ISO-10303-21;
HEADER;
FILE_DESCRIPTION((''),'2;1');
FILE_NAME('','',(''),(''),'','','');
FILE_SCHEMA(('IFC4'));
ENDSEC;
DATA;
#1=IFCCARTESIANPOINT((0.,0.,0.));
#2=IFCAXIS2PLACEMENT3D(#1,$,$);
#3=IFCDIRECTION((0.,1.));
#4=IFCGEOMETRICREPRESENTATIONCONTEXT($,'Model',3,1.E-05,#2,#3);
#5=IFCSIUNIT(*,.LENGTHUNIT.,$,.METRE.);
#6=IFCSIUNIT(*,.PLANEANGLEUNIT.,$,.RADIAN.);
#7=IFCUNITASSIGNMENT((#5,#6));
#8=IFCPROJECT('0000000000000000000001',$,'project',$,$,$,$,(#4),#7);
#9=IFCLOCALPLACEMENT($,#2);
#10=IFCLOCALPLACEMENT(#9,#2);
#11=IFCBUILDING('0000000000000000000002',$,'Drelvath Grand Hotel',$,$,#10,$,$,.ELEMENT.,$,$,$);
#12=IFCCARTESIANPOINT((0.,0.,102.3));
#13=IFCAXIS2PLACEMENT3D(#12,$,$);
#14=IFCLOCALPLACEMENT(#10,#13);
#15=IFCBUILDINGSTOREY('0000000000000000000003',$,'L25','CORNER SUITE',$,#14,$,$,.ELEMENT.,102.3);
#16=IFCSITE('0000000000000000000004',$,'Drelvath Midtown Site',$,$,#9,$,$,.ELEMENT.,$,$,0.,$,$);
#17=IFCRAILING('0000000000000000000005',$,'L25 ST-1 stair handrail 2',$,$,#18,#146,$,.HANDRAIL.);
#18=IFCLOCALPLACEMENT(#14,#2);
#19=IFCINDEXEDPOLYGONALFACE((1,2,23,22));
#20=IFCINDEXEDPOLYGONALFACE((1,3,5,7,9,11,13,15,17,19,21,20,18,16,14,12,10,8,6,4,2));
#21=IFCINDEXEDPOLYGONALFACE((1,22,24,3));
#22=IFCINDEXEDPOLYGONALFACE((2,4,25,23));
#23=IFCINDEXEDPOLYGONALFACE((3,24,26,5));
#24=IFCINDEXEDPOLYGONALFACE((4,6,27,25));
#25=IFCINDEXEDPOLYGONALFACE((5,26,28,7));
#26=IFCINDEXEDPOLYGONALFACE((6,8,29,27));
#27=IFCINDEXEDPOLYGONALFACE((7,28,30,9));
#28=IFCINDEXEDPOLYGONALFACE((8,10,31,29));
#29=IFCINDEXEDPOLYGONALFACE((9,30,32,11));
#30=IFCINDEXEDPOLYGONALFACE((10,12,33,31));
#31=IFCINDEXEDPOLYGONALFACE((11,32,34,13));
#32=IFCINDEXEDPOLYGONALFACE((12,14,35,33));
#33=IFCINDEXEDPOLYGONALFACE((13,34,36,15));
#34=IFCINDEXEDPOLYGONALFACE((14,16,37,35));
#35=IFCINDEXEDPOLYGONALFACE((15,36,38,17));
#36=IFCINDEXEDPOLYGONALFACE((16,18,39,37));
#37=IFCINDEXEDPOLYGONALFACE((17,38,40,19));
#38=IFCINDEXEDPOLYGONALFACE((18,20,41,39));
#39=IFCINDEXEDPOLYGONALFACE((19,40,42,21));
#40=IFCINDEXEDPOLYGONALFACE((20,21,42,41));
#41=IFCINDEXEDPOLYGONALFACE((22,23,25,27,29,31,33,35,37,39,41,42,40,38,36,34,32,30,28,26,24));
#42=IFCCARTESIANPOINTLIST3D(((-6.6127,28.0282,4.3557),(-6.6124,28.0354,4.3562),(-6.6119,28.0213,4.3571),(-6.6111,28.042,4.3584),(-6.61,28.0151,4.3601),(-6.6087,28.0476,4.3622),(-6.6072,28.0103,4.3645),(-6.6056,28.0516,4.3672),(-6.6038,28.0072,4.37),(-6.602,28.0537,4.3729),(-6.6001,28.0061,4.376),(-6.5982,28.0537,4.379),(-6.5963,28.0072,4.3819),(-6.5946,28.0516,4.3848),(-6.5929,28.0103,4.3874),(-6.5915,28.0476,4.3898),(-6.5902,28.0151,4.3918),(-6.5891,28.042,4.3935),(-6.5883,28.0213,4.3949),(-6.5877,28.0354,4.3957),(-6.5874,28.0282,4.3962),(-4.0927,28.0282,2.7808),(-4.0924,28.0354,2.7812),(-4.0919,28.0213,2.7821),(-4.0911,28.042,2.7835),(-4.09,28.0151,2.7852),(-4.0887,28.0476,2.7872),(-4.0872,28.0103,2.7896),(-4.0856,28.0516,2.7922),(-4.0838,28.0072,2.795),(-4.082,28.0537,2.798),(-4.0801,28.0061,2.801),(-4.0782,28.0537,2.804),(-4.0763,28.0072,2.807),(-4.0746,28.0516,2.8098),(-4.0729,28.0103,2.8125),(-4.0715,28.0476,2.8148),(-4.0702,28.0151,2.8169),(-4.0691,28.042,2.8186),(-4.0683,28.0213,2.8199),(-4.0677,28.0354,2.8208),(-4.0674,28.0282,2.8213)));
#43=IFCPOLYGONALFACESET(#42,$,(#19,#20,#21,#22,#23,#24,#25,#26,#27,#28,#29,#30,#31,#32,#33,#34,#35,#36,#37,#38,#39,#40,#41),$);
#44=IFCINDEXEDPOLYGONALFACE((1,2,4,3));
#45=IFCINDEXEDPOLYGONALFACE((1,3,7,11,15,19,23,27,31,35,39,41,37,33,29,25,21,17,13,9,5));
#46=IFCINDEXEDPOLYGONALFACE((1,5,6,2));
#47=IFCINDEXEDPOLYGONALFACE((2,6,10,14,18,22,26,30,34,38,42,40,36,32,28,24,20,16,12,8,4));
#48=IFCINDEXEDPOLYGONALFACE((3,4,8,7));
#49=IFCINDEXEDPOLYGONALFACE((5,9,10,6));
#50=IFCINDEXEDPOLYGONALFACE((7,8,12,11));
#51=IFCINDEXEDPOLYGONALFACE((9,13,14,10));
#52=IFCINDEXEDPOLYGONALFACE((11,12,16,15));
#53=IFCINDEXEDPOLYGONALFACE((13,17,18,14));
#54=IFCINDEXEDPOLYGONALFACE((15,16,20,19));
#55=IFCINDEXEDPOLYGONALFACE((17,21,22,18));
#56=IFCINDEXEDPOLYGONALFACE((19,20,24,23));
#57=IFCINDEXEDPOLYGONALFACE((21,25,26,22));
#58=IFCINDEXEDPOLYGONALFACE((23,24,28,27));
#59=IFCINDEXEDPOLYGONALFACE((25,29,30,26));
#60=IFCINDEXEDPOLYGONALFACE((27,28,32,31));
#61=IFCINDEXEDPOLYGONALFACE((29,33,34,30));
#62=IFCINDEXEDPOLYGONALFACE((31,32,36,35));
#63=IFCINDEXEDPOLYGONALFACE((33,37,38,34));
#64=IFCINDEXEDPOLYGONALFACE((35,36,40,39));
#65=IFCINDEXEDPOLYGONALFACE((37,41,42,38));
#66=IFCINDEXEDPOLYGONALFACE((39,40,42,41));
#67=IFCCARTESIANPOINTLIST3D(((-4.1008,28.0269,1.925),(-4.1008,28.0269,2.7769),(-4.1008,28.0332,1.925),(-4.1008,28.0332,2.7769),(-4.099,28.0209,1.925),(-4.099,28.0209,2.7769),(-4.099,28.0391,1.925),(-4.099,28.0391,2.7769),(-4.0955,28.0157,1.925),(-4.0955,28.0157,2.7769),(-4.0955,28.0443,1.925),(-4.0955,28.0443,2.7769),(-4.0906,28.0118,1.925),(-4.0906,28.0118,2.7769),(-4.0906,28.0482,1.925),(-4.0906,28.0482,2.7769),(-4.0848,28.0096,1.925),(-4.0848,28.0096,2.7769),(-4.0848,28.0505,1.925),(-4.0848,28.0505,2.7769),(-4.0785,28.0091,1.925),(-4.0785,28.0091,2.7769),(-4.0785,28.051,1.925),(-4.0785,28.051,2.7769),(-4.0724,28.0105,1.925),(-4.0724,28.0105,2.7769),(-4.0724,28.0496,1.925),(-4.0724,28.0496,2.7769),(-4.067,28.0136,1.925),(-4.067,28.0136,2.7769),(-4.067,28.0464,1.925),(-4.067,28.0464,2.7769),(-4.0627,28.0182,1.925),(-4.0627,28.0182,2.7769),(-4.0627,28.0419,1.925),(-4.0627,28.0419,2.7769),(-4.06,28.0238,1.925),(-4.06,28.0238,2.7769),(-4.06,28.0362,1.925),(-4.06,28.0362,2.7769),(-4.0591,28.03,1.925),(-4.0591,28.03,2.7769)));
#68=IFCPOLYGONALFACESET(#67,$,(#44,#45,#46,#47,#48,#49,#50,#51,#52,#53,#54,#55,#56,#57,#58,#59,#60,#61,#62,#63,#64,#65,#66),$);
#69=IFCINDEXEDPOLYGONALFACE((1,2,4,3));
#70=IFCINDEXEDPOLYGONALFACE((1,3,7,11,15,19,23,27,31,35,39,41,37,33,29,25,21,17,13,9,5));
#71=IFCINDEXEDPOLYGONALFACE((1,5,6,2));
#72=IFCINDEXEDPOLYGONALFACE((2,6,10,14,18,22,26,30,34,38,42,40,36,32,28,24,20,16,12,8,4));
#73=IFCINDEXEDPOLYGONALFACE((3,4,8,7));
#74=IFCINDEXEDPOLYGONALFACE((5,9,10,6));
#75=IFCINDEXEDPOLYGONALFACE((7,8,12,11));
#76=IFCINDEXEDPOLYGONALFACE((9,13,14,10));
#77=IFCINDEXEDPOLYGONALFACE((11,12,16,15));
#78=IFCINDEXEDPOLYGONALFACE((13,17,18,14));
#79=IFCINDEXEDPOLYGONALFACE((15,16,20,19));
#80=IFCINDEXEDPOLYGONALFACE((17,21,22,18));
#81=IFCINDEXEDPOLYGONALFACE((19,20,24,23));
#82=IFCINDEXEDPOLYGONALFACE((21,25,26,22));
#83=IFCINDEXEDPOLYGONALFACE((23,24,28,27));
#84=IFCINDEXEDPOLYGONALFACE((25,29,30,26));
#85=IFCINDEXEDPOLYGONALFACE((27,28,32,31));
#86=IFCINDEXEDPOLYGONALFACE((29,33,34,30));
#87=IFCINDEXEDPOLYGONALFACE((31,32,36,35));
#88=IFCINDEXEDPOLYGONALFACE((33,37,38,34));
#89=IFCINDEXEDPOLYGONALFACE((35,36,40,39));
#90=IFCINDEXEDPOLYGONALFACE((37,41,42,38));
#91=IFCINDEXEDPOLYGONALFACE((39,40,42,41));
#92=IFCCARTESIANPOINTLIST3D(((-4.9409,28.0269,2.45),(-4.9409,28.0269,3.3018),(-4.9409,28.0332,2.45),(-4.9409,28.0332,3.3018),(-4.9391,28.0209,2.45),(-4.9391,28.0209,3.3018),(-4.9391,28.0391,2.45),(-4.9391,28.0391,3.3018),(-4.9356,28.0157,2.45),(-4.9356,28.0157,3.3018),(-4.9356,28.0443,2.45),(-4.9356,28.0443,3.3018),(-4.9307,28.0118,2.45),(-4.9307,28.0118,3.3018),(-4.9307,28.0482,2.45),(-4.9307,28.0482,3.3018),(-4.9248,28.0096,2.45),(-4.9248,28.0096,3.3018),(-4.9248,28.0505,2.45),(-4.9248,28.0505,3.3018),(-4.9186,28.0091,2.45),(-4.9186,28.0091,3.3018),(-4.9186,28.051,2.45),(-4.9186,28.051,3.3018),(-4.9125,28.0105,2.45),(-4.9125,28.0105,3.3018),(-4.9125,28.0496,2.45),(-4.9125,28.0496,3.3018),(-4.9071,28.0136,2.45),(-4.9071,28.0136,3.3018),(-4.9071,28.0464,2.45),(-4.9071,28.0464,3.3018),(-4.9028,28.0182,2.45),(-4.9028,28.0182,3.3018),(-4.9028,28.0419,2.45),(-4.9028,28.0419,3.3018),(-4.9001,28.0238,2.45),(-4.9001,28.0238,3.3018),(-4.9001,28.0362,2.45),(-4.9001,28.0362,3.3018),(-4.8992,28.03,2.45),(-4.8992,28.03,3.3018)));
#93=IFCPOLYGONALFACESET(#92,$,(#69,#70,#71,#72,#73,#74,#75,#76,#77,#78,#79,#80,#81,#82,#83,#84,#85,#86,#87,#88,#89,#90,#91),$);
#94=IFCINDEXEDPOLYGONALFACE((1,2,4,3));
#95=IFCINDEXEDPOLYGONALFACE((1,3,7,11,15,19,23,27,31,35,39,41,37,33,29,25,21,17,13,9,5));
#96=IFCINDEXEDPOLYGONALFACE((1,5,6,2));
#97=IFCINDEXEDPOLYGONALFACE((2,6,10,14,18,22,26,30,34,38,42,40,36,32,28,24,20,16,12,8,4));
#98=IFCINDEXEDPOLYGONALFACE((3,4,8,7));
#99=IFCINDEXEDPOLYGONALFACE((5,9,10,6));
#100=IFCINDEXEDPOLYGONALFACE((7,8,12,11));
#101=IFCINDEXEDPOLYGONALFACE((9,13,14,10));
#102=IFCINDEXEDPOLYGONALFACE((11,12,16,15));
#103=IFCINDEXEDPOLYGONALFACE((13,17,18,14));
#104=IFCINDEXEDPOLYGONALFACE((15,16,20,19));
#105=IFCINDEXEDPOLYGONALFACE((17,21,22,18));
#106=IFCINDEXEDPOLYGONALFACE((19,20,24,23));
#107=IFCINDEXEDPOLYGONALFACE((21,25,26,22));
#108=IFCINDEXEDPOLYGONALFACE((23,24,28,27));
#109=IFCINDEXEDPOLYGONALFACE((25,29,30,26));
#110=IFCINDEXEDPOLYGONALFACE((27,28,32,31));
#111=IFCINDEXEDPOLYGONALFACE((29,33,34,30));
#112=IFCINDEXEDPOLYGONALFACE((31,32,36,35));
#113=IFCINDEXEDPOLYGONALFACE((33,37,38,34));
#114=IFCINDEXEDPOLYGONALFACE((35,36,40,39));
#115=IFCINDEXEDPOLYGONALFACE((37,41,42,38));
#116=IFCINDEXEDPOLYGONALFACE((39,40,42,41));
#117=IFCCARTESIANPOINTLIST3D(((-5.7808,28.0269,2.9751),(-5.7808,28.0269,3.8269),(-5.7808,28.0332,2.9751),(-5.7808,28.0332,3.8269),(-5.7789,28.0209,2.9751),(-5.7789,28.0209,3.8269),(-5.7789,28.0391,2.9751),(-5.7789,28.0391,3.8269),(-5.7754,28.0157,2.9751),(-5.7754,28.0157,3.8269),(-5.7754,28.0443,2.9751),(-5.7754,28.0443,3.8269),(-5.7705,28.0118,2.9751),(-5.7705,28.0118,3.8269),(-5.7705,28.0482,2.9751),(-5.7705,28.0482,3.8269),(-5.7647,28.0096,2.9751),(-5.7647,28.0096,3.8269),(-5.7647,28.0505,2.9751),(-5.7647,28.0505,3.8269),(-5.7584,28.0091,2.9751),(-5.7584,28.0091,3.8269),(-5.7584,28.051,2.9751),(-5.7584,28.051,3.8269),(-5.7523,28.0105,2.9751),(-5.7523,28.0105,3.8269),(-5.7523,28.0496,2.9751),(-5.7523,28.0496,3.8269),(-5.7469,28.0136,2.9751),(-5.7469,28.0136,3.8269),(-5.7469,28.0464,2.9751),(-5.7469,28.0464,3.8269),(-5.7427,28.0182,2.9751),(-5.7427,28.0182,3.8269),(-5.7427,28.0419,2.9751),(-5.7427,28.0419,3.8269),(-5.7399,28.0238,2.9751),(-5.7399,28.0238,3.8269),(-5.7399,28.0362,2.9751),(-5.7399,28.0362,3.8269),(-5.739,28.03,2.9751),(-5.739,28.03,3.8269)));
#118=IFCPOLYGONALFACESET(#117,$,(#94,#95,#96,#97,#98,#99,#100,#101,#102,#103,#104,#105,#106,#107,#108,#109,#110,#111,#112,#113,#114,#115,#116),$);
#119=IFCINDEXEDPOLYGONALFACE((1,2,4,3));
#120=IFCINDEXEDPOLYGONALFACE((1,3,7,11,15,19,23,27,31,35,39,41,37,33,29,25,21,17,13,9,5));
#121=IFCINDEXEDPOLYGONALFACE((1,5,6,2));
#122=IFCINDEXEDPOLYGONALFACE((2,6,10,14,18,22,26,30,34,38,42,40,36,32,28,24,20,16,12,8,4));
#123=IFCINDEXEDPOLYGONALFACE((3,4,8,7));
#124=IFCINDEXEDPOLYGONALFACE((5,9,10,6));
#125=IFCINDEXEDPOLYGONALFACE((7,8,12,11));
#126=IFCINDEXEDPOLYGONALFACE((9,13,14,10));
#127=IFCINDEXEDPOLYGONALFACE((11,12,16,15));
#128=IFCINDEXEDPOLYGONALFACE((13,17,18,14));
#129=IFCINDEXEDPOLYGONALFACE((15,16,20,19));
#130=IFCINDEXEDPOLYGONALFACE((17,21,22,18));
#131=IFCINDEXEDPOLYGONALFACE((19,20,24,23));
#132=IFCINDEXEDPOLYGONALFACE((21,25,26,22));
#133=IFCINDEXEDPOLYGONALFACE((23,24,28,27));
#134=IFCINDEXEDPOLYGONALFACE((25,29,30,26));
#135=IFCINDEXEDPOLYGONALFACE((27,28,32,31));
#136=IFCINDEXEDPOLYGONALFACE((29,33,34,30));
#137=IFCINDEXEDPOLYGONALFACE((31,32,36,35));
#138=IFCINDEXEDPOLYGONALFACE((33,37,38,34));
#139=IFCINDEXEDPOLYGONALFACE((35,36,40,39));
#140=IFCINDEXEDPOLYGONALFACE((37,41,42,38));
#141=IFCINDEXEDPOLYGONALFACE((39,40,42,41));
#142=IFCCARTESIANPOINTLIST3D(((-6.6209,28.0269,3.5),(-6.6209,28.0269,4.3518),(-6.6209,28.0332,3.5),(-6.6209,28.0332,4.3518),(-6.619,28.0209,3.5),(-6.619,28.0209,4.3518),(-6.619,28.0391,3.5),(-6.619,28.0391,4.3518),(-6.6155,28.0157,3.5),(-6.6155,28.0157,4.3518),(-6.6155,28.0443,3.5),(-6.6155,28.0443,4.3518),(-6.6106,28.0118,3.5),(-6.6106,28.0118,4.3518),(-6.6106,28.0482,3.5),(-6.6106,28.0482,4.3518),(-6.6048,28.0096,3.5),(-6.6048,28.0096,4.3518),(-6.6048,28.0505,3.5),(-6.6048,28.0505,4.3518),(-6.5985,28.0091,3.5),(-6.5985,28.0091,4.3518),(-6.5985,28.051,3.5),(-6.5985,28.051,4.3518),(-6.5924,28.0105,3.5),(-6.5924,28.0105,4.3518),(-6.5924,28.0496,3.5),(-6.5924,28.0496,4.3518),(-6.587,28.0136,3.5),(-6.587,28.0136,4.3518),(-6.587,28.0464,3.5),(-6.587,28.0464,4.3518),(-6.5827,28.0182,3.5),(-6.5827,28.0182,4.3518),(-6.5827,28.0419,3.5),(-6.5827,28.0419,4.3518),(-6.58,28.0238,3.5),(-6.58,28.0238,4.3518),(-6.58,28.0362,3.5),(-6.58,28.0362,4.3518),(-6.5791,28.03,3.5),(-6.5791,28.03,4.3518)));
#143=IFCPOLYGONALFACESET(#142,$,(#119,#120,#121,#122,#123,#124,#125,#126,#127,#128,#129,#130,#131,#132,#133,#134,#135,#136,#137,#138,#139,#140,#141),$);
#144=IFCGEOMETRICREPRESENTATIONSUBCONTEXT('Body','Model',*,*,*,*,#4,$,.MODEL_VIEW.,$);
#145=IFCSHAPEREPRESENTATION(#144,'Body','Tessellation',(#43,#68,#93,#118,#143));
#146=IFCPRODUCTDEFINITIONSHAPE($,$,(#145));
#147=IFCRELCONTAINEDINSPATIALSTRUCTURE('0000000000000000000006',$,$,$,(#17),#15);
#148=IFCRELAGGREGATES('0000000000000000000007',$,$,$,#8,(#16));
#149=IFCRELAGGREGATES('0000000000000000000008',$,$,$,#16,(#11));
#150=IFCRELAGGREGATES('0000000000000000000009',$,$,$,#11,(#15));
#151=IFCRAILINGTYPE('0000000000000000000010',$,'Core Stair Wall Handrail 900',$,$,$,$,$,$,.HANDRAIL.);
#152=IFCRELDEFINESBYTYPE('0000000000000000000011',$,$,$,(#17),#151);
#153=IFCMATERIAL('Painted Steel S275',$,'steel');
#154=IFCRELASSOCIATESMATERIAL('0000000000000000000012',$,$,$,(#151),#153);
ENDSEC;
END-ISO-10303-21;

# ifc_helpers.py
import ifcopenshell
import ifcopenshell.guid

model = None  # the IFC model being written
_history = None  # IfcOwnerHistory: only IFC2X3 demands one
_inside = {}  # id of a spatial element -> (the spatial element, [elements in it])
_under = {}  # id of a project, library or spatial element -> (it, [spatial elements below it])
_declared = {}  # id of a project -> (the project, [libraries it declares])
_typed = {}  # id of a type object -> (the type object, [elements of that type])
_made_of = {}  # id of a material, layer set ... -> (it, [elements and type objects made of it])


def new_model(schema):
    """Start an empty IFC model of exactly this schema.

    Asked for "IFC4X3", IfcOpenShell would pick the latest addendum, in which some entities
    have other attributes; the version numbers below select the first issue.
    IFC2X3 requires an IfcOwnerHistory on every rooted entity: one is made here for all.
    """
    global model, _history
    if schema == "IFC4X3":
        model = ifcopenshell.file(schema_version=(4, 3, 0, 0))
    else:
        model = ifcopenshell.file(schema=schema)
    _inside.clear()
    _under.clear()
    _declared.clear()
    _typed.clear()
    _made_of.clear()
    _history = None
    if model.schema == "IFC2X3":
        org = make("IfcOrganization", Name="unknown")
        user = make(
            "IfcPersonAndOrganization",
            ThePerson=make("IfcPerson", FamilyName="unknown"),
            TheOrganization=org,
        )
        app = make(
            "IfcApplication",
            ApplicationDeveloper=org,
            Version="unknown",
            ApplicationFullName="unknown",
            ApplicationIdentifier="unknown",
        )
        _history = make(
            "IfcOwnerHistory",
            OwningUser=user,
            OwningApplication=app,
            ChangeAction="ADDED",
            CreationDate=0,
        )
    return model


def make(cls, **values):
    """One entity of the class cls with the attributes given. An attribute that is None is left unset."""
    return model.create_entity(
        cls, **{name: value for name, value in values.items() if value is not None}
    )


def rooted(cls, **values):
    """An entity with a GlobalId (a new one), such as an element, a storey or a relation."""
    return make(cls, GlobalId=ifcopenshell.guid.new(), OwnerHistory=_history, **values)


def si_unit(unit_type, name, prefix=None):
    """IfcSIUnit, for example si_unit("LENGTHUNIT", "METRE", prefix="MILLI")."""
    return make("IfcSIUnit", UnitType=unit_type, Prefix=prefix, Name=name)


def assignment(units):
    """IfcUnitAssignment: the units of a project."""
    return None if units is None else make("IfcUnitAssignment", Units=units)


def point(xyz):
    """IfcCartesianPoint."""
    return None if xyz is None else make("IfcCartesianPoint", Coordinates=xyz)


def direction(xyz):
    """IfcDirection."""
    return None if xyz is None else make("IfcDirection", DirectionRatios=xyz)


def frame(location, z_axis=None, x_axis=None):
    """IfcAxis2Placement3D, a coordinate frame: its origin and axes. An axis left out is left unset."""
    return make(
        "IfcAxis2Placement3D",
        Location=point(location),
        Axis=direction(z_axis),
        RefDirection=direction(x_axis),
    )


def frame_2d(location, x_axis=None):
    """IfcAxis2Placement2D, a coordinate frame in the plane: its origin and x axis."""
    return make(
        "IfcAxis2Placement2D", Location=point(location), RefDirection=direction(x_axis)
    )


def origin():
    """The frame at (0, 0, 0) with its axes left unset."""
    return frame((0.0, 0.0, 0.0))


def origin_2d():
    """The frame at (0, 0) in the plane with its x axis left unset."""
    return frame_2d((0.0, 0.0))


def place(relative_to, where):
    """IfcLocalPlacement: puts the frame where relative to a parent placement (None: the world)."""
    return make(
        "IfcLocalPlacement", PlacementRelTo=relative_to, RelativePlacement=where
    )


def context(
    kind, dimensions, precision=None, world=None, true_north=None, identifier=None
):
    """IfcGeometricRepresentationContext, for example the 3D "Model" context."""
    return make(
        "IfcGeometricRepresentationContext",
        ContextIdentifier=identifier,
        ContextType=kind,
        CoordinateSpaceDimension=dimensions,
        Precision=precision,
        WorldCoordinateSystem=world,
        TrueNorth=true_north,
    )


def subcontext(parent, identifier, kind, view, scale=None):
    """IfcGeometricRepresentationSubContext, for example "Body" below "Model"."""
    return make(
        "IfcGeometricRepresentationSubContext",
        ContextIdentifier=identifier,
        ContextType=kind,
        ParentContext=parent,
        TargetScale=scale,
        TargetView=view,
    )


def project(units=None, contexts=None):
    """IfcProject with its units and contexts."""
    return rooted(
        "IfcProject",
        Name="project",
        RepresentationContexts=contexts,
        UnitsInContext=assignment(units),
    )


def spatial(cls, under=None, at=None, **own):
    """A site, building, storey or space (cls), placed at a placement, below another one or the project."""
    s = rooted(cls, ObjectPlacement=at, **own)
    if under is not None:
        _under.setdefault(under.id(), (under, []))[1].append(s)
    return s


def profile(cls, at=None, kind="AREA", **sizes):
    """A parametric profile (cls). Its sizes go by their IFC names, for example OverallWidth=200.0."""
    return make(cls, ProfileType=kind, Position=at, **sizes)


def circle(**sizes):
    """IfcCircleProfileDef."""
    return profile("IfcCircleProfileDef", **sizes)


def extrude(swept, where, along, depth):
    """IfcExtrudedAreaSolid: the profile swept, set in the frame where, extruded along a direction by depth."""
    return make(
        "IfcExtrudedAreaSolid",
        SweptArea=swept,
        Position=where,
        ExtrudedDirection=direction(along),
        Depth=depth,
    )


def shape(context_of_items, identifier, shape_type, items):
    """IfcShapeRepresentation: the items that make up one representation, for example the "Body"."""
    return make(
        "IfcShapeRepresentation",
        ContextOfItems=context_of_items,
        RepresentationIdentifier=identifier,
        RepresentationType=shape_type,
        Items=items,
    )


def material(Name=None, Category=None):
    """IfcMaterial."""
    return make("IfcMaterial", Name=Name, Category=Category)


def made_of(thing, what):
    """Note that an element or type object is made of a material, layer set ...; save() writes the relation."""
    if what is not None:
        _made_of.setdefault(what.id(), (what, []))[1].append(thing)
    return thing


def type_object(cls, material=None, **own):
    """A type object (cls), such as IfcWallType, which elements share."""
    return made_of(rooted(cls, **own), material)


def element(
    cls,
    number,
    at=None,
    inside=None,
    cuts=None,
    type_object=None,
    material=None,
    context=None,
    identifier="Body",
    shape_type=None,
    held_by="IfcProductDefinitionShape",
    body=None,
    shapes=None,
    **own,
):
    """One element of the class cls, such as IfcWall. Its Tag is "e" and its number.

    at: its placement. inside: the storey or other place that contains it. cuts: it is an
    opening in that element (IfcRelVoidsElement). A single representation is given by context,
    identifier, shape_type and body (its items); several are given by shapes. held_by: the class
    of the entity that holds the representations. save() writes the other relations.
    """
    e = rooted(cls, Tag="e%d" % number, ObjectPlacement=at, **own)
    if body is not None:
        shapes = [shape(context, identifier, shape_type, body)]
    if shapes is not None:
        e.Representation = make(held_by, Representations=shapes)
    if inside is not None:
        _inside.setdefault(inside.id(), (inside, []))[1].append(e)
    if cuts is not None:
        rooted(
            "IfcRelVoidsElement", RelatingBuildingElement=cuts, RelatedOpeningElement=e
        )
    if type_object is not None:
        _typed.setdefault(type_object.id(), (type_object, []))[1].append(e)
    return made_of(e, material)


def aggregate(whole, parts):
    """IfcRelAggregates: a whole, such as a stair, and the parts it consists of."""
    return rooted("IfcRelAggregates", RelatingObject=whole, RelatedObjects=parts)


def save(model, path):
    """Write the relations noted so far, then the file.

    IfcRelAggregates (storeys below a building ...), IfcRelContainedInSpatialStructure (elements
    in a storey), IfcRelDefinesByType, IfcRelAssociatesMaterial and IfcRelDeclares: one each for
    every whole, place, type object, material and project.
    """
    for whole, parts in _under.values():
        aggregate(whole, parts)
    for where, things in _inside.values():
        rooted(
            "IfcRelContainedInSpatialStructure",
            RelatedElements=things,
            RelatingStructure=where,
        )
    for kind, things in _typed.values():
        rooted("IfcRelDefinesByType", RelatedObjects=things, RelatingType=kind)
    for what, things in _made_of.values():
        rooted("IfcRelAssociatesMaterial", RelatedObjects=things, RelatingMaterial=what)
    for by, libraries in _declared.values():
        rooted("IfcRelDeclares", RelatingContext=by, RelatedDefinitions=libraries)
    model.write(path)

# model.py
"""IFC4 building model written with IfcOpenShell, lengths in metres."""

from ifc_helpers import new_model, si_unit, direction, frame, origin, origin_2d, place, context, subcontext, project, spatial, circle, extrude, material, type_object, element, save


model = new_model("IFC4")

# Units and contexts
model_context = context("Model", 3, precision=1e-05, world=origin(), true_north=direction((0.0, 1.0)))
body_context = subcontext(model_context, "Body", "Model", "MODEL_VIEW")
ifc_project = project(units=[si_unit("LENGTHUNIT", "METRE"), si_unit("PLANEANGLEUNIT", "RADIAN")], contexts=[model_context])

# Site, building, storey
site_placement = place(None, origin())
site = spatial("IfcSite", under=ifc_project, at=site_placement, Name="Drelvath Midtown Site", CompositionType="ELEMENT", RefElevation=0.0)
building_placement = place(site_placement, origin())
building = spatial("IfcBuilding", under=site, at=building_placement, Name="Drelvath Grand Hotel", CompositionType="ELEMENT")
storey_placement = place(building_placement, frame((0.0, 0.0, 102.3)))
storey = spatial("IfcBuildingStorey", under=building, at=storey_placement, Name="L25", Description="CORNER SUITE", CompositionType="ELEMENT", Elevation=102.3)

# Shared definitions
ifc_material_1 = material(Name="Painted Steel S275", Category="steel")

# Railing
railing_type = type_object("IfcRailingType", Name="Core Stair Wall Handrail 900", PredefinedType="HANDRAIL", material=ifc_material_1)
railing_placement = place(storey_placement, frame((-4.0801, 28.03, 1.925)))
element("IfcRailing", 1, at=railing_placement, inside=storey, type_object=railing_type, Name="L25 ST-1 stair handrail 2", PredefinedType="HANDRAIL", context=body_context, shape_type="SweptSolid", body=[
    extrude(circle(Radius=0.0239, at=origin_2d()), frame((0.0, 0.0, 0.876), z_axis=(-0.848008, 0.0, 0.529984), x_axis=(0.0, -1.0, 0.0)), (0.0, 0.0, 1.0), 2.9717),
    extrude(circle(Radius=0.021, at=origin_2d()), origin(), (0.0, 0.0, 1.0), 0.8518),
    extrude(circle(Radius=0.021, at=origin_2d()), frame((-0.8401, 0.0, 0.5249)), (0.0, 0.0, 1.0), 0.8518),
    extrude(circle(Radius=0.021, at=origin_2d()), frame((-1.6799, 0.0, 1.05)), (0.0, 0.0, 1.0), 0.8518),
    extrude(circle(Radius=0.021, at=origin_2d()), frame((-2.52, 0.0, 1.575)), (0.0, 0.0, 1.0), 0.8518),
])

save(model, "model.ifc")
